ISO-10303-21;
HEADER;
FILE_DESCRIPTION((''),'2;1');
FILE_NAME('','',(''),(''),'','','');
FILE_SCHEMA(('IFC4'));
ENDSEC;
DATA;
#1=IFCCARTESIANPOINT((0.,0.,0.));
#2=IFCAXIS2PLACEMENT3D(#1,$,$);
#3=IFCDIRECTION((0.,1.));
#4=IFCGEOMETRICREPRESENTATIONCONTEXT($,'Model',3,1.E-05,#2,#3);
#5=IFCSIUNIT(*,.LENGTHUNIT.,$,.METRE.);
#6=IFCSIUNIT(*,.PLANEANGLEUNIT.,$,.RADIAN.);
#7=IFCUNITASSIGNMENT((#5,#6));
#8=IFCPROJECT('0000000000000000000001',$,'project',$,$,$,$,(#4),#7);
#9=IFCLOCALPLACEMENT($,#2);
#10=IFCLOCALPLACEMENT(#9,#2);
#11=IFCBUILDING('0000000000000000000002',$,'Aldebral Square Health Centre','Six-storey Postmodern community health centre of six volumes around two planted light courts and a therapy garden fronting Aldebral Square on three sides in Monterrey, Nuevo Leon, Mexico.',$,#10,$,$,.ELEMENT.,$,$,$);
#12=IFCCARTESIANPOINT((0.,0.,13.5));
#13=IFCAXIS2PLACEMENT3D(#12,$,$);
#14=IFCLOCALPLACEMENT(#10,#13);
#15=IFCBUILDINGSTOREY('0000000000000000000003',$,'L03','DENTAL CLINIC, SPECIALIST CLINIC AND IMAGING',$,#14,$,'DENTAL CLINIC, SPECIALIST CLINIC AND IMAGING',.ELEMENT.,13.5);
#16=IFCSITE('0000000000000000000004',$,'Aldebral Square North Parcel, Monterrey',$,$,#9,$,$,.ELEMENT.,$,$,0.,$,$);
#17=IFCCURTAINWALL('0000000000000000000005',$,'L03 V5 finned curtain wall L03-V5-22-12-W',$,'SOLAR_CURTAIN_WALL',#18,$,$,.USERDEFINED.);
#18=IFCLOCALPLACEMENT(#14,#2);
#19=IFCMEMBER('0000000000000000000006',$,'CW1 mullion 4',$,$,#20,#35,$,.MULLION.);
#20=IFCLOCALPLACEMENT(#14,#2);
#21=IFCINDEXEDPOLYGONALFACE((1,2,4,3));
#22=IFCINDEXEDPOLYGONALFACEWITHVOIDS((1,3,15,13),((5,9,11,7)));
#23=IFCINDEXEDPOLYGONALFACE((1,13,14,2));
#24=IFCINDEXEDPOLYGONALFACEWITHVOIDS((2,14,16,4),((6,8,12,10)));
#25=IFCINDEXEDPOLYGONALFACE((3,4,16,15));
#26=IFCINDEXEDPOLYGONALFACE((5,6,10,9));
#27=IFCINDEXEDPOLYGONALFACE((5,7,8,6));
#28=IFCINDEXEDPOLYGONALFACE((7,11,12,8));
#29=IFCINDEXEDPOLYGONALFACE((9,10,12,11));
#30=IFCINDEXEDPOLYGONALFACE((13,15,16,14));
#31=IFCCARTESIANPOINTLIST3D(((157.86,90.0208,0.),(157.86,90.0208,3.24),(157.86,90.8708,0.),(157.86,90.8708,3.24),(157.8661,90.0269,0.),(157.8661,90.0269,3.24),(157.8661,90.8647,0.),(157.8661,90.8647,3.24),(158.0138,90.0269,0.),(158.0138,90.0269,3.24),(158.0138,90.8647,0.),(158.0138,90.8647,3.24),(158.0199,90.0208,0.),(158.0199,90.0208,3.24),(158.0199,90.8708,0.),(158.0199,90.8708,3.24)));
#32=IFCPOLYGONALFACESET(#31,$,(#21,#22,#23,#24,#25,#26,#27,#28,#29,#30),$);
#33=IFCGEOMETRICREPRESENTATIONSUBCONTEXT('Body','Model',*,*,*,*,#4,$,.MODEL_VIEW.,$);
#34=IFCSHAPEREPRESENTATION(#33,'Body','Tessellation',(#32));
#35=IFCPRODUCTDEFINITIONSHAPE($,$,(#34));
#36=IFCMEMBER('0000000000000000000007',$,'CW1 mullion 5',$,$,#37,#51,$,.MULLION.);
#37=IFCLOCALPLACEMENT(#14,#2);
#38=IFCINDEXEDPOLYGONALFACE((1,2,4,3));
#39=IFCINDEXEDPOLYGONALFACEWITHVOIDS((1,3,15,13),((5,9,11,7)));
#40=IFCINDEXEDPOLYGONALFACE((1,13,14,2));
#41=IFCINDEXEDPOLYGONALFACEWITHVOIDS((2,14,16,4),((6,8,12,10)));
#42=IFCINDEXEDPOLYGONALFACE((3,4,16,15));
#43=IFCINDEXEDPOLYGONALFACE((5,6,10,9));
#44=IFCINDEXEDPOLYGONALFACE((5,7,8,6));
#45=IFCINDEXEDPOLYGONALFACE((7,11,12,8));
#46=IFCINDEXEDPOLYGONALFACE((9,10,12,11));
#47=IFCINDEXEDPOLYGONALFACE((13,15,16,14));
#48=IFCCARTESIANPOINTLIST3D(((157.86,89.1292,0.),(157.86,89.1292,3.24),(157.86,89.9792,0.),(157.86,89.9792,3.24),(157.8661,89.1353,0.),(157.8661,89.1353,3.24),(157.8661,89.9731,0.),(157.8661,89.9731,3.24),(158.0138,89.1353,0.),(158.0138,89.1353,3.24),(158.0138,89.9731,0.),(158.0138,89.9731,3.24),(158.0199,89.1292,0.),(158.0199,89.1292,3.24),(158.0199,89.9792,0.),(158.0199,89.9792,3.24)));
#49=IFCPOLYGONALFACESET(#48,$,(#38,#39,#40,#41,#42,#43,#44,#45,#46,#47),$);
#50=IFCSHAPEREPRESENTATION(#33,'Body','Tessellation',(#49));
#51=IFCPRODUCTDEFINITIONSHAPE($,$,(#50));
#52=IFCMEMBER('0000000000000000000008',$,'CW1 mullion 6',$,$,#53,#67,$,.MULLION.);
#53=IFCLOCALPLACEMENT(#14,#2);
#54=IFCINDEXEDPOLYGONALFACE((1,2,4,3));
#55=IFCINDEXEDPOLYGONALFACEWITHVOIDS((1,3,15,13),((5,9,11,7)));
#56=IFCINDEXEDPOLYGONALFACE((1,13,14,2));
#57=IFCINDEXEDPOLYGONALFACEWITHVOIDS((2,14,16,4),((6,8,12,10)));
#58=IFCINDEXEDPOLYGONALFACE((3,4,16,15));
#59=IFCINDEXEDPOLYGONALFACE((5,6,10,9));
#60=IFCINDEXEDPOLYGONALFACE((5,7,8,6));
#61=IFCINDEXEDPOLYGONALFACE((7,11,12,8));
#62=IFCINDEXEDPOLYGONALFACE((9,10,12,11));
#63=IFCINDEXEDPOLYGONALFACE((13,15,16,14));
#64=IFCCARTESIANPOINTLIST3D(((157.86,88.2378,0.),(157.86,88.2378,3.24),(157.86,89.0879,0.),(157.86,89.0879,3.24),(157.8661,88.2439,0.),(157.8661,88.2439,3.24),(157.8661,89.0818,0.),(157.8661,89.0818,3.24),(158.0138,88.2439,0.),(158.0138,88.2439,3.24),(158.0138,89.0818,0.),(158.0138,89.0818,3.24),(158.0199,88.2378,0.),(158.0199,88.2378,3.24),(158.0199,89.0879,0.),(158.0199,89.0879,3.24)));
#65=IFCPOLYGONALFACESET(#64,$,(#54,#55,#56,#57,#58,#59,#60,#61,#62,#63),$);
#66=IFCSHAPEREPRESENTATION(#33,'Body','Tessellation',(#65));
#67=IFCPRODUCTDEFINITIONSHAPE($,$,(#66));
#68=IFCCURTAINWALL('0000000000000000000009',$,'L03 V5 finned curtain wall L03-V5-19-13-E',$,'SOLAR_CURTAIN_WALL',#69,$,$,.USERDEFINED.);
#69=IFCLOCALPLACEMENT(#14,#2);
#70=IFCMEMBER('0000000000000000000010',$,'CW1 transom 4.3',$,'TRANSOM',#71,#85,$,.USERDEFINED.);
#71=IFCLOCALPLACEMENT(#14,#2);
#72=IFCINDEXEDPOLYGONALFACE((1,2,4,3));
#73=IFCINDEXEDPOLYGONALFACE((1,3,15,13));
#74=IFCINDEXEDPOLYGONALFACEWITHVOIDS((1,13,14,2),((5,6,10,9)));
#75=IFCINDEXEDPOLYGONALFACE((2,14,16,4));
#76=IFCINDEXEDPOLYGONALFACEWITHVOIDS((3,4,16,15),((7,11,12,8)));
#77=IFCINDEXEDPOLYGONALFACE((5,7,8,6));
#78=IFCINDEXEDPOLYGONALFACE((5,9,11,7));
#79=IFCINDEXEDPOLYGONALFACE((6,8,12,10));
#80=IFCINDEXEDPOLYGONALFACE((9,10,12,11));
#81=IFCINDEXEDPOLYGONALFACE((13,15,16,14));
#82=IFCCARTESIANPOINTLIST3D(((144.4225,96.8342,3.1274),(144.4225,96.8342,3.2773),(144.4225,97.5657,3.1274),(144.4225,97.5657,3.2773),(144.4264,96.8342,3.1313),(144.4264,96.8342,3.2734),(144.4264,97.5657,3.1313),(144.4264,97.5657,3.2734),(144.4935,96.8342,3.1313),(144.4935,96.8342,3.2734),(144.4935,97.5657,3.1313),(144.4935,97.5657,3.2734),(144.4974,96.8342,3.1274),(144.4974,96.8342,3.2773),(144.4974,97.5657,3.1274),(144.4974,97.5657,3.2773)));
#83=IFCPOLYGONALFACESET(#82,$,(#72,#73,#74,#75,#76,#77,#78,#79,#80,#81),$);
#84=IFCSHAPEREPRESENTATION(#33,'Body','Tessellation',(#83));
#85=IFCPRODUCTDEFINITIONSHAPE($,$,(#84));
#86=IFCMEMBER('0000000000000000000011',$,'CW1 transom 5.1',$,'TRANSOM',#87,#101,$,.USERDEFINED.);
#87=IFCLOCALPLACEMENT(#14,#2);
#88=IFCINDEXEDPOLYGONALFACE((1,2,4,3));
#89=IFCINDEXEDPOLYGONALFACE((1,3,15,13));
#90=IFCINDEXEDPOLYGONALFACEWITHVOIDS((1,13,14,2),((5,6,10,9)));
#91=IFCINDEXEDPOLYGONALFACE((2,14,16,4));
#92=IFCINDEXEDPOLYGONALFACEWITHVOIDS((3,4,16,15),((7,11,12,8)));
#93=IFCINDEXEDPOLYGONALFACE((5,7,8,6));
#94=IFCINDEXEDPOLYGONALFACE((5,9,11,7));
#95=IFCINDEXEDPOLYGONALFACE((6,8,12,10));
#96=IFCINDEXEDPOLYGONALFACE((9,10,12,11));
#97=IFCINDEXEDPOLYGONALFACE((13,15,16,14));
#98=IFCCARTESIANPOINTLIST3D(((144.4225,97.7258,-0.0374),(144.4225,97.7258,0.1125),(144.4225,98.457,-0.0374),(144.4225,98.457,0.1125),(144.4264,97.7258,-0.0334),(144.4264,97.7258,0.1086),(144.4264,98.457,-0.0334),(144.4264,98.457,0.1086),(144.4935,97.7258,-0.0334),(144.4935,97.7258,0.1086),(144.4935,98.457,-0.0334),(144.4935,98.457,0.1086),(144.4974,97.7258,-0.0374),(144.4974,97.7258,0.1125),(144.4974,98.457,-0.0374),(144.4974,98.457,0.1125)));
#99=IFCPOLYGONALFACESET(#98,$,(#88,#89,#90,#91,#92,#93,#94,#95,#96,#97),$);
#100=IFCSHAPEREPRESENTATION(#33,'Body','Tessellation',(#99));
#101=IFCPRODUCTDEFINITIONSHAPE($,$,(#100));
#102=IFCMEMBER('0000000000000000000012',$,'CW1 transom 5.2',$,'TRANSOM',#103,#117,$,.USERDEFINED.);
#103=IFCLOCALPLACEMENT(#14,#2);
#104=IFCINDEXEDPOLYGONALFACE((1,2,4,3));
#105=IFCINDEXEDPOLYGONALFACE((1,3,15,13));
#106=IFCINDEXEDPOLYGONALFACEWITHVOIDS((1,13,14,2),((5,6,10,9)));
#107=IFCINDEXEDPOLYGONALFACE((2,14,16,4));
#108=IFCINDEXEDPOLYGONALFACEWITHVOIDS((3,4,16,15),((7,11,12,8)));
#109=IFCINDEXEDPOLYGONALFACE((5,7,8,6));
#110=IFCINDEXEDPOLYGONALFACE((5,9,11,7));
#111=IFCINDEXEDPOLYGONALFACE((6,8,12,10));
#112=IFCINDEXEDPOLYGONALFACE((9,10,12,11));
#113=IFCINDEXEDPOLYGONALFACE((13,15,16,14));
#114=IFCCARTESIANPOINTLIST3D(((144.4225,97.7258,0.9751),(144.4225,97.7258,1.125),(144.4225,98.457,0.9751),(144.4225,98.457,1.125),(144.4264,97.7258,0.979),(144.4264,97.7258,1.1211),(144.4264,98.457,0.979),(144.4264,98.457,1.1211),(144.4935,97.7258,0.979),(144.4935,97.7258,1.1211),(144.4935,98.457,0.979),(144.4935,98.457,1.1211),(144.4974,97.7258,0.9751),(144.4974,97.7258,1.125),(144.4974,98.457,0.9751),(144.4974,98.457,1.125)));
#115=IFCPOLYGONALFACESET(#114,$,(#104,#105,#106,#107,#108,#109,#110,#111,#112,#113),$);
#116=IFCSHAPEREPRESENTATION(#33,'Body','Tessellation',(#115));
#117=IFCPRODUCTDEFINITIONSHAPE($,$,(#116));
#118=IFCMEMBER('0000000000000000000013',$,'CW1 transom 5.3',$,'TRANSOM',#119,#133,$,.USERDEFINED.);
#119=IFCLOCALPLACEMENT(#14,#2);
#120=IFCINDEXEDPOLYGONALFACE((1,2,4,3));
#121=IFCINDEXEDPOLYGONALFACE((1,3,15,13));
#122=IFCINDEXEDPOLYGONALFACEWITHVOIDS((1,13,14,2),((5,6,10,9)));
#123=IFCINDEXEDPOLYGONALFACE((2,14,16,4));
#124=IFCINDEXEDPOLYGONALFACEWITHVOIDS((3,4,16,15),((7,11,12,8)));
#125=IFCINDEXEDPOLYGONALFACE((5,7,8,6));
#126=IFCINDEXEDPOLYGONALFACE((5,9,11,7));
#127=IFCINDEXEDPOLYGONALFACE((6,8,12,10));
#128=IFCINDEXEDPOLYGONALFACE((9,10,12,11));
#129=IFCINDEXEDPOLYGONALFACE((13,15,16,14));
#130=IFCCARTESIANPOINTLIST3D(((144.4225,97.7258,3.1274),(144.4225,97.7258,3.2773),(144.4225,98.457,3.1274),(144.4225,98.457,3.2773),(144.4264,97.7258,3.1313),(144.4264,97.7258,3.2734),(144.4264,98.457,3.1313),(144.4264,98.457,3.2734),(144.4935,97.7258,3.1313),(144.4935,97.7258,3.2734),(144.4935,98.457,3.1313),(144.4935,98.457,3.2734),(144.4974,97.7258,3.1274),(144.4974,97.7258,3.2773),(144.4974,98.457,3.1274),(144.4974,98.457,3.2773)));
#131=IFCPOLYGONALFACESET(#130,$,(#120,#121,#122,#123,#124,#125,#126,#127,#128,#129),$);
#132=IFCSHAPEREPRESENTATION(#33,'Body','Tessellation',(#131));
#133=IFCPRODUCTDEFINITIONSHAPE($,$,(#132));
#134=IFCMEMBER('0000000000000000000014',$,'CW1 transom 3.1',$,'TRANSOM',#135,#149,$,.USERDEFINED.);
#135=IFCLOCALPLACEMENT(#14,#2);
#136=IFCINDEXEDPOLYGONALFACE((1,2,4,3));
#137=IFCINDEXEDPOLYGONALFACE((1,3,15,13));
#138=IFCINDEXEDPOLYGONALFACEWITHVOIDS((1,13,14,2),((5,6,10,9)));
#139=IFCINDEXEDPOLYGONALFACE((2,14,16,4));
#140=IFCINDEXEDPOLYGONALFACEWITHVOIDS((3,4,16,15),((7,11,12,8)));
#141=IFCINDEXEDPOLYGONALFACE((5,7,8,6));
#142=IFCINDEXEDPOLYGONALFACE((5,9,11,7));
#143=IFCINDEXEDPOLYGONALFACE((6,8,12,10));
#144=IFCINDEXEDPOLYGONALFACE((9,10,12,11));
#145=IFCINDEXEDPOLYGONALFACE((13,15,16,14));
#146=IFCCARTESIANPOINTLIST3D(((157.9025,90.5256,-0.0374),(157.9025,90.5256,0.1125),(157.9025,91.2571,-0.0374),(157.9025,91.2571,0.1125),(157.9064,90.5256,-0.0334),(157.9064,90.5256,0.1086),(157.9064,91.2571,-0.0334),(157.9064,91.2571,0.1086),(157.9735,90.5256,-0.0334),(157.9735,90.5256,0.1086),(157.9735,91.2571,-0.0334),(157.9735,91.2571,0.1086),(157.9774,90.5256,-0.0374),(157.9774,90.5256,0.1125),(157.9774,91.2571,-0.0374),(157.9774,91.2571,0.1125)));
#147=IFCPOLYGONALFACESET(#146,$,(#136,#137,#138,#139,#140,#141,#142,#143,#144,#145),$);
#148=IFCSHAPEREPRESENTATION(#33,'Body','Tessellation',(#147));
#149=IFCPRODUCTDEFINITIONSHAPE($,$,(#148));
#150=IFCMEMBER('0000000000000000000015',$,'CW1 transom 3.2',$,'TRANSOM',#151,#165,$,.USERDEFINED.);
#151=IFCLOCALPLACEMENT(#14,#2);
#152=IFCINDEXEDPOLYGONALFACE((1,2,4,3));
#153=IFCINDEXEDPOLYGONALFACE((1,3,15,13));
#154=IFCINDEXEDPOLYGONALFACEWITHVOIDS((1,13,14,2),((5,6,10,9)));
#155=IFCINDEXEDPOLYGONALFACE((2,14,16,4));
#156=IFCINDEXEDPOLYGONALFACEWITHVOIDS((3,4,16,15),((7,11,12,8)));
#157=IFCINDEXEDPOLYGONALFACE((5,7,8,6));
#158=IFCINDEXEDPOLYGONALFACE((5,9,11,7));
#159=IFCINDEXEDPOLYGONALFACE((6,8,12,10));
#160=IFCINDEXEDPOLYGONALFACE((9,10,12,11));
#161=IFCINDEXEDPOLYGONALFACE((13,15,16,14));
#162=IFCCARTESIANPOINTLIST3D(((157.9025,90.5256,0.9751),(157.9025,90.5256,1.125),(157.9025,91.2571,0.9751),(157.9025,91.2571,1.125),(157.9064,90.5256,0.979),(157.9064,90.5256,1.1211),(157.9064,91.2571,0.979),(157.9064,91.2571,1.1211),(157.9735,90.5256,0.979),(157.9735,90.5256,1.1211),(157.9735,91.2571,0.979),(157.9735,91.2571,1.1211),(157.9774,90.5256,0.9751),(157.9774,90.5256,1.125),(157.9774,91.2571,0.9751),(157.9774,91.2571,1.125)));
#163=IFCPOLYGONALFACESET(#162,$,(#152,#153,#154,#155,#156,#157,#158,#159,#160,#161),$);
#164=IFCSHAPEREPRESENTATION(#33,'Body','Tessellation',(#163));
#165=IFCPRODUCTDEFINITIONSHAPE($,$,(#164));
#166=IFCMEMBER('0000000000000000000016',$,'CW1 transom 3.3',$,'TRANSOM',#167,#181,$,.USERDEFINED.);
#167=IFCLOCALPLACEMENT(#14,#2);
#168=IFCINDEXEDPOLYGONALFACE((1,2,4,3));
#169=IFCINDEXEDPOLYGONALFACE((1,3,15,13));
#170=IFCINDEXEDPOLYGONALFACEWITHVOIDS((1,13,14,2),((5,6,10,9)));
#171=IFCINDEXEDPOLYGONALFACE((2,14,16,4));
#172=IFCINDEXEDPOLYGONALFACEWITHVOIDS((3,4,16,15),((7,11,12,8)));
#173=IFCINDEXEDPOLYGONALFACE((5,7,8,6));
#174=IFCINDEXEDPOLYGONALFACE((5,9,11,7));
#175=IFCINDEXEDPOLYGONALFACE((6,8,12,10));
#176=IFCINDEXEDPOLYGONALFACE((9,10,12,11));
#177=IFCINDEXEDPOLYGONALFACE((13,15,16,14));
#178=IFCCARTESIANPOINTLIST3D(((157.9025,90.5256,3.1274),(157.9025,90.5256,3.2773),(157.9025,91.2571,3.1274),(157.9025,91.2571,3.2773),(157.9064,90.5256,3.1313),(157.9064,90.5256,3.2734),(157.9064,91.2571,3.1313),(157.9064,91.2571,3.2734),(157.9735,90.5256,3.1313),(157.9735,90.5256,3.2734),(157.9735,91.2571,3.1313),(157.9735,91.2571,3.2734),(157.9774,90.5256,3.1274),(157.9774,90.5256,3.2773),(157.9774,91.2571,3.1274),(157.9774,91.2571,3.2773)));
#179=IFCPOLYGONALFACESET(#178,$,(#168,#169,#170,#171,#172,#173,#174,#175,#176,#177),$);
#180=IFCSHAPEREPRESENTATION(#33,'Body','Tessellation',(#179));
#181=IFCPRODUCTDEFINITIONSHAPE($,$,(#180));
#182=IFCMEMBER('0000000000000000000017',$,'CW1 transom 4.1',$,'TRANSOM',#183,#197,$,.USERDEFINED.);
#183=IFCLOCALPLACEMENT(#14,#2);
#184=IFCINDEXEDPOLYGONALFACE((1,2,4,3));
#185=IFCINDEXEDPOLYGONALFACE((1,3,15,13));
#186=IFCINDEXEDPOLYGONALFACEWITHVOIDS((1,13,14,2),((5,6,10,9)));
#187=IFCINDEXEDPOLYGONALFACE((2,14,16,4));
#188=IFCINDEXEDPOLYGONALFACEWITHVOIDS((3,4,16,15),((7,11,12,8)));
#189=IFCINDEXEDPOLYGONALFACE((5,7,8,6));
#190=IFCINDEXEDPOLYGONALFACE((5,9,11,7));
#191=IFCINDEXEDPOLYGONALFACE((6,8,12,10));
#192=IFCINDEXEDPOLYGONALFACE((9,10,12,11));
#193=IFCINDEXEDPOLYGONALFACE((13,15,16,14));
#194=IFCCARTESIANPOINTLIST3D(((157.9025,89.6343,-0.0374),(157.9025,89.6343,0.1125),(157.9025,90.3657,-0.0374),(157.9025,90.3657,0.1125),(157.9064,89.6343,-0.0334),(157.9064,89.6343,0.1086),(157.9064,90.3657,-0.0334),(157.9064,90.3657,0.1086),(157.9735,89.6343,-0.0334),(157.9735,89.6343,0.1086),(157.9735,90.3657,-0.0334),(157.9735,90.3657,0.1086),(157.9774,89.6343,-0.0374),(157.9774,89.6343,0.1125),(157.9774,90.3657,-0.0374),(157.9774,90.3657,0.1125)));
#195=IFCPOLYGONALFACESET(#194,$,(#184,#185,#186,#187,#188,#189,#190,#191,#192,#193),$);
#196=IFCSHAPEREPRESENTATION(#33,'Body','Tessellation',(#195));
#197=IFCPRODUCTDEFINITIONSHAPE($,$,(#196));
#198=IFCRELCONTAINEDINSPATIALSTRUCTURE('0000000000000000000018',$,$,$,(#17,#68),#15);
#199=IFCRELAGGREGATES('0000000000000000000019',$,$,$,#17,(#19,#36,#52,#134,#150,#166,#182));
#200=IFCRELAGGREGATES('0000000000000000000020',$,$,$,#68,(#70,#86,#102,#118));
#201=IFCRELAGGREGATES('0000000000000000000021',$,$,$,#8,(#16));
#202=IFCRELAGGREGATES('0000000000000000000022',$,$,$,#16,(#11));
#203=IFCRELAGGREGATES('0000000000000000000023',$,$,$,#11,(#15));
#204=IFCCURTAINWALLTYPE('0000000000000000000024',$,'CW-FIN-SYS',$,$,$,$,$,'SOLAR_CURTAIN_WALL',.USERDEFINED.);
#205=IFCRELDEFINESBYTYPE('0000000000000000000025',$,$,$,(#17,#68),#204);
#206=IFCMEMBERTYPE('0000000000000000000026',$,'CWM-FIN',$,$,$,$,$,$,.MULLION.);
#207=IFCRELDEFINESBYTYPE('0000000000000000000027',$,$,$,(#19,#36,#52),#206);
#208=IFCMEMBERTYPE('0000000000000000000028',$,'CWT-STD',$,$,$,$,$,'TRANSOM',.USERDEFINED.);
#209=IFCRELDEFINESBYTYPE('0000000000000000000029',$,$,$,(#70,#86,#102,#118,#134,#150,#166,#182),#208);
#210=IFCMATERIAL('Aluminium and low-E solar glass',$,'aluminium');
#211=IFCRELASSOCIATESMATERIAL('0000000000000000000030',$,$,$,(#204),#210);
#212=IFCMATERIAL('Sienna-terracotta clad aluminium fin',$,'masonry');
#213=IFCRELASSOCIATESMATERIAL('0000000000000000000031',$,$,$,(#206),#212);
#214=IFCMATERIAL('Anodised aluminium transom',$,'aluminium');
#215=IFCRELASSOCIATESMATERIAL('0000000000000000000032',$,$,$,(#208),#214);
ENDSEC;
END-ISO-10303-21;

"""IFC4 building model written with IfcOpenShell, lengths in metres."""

from ifc_helpers import new_model, si_unit, direction, frame, origin, origin_2d, place, context, subcontext, project, spatial, hollow_rectangle, extrude, material, material_profile, profile_set, type_object, element, aggregate, save


model = new_model("IFC4")

# Units and contexts
model_context = context("Model", 3, precision=1e-05, world=origin(), true_north=direction((0.0, 1.0)))
body_context = subcontext(model_context, "Body", "Model", "MODEL_VIEW")
ifc_project = project(units=[si_unit("LENGTHUNIT", "METRE"), si_unit("PLANEANGLEUNIT", "RADIAN")], contexts=[model_context])

# Site, building, storey
site_placement = place(None, origin())
site = spatial("IfcSite", under=ifc_project, at=site_placement, Name="Aldebral Square North Parcel, Monterrey", CompositionType="ELEMENT", RefElevation=0.0)
building_placement = place(site_placement, origin())
building = spatial("IfcBuilding", under=site, at=building_placement, Name="Aldebral Square Health Centre", Description="Six-storey Postmodern community health centre of six volumes around two planted light courts and a therapy garden fronting Aldebral Square on three sides in Monterrey, Nuevo Leon, Mexico.", CompositionType="ELEMENT")
storey_placement = place(building_placement, frame((0.0, 0.0, 13.5)))
storey = spatial("IfcBuildingStorey", under=building, at=storey_placement, Name="L03", Description="DENTAL CLINIC, SPECIALIST CLINIC AND IMAGING", LongName="DENTAL CLINIC, SPECIALIST CLINIC AND IMAGING", CompositionType="ELEMENT", Elevation=13.5)

# Curtain walls, members
ifc_material_1 = material(Name="Aluminium and low-E solar glass", Category="aluminium")
curtain_wall_type = type_object("IfcCurtainWallType", Name="CW-FIN-SYS", ElementType="SOLAR_CURTAIN_WALL", PredefinedType="USERDEFINED", material=ifc_material_1)
curtain_wall_1_placement = place(storey_placement, origin())
curtain_wall_1 = element("IfcCurtainWall", 1, at=curtain_wall_1_placement, inside=storey, type_object=curtain_wall_type, Name="L03 V5 finned curtain wall L03-V5-22-12-W", ObjectType="SOLAR_CURTAIN_WALL", PredefinedType="USERDEFINED")
ifc_material_2 = material(Name="Sienna-terracotta clad aluminium fin", Category="masonry")
ifc_material_profile_1 = material_profile(ifc_material_2, hollow_rectangle(XDim=0.1599, YDim=0.8501, WallThickness=0.0061, at=origin_2d()), Name="FIN 160x850x6")
ifc_profile_set_1 = profile_set([ifc_material_profile_1], Name="Sienna-terracotta clad aluminium fin")
member_type_1 = type_object("IfcMemberType", Name="CWM-FIN", PredefinedType="MULLION", material=ifc_profile_set_1)
member_1_placement = place(storey_placement, frame((157.9399, 90.4458, 0.0), z_axis=(0.0, 0.0, 1.0), x_axis=(1.0, 0.0, 0.0)))
member_1 = element("IfcMember", 2, at=member_1_placement, type_object=member_type_1, Name="CW1 mullion 4", PredefinedType="MULLION", context=body_context, shape_type="SweptSolid", body=[
    extrude(hollow_rectangle(XDim=0.1599, YDim=0.8501, WallThickness=0.0061, at=origin_2d()), origin(), (0.0, 0.0, 1.0), 3.24),
])
member_2_placement = place(storey_placement, frame((157.9399, 89.5542, 0.0), z_axis=(0.0, 0.0, 1.0), x_axis=(1.0, 0.0, 0.0)))
member_2 = element("IfcMember", 3, at=member_2_placement, type_object=member_type_1, Name="CW1 mullion 5", PredefinedType="MULLION", context=body_context, shape_type="SweptSolid", body=[
    extrude(hollow_rectangle(XDim=0.1599, YDim=0.8501, WallThickness=0.0061, at=origin_2d()), origin(), (0.0, 0.0, 1.0), 3.24),
])
member_3_placement = place(storey_placement, frame((157.9399, 88.6628, 0.0), z_axis=(0.0, 0.0, 1.0), x_axis=(1.0, 0.0, 0.0)))
member_3 = element("IfcMember", 4, at=member_3_placement, type_object=member_type_1, Name="CW1 mullion 6", PredefinedType="MULLION", context=body_context, shape_type="SweptSolid", body=[
    extrude(hollow_rectangle(XDim=0.1599, YDim=0.8501, WallThickness=0.0061, at=origin_2d()), origin(), (0.0, 0.0, 1.0), 3.24),
])
curtain_wall_2_placement = place(storey_placement, origin())
curtain_wall_2 = element("IfcCurtainWall", 5, at=curtain_wall_2_placement, inside=storey, type_object=curtain_wall_type, Name="L03 V5 finned curtain wall L03-V5-19-13-E", ObjectType="SOLAR_CURTAIN_WALL", PredefinedType="USERDEFINED")
ifc_material_3 = material(Name="Anodised aluminium transom", Category="aluminium")
ifc_material_profile_2 = material_profile(ifc_material_3, hollow_rectangle(XDim=0.075, YDim=0.1499, WallThickness=0.0039, at=origin_2d()), Name="CWT 75x150x4")
ifc_profile_set_2 = profile_set([ifc_material_profile_2], Name="Anodised aluminium transom")
member_type_2 = type_object("IfcMemberType", Name="CWT-STD", ElementType="TRANSOM", PredefinedType="USERDEFINED", material=ifc_profile_set_2)
member_4_placement = place(storey_placement, frame((144.46, 96.8342, 3.2024), z_axis=(0.0, 1.0, 0.0), x_axis=(-1.0, 0.0, 0.0)))
member_4 = element("IfcMember", 6, at=member_4_placement, type_object=member_type_2, Name="CW1 transom 4.3", ObjectType="TRANSOM", PredefinedType="USERDEFINED", context=body_context, shape_type="SweptSolid", body=[
    extrude(hollow_rectangle(XDim=0.075, YDim=0.1499, WallThickness=0.0039, at=origin_2d()), origin(), (0.0, 0.0, 1.0), 0.7314),
])
member_5_placement = place(storey_placement, frame((144.46, 97.7258, 0.0376), z_axis=(0.0, 1.0, 0.0), x_axis=(-1.0, 0.0, 0.0)))
member_5 = element("IfcMember", 7, at=member_5_placement, type_object=member_type_2, Name="CW1 transom 5.1", ObjectType="TRANSOM", PredefinedType="USERDEFINED", context=body_context, shape_type="SweptSolid", body=[
    extrude(hollow_rectangle(XDim=0.075, YDim=0.1499, WallThickness=0.0039, at=origin_2d()), origin(), (0.0, 0.0, 1.0), 0.7312),
])
member_6_placement = place(storey_placement, frame((144.46, 97.7258, 1.05), z_axis=(0.0, 1.0, 0.0), x_axis=(-1.0, 0.0, 0.0)))
member_6 = element("IfcMember", 8, at=member_6_placement, type_object=member_type_2, Name="CW1 transom 5.2", ObjectType="TRANSOM", PredefinedType="USERDEFINED", context=body_context, shape_type="SweptSolid", body=[
    extrude(hollow_rectangle(XDim=0.075, YDim=0.1499, WallThickness=0.0039, at=origin_2d()), origin(), (0.0, 0.0, 1.0), 0.7312),
])
member_7_placement = place(storey_placement, frame((144.46, 97.7258, 3.2024), z_axis=(0.0, 1.0, 0.0), x_axis=(-1.0, 0.0, 0.0)))
member_7 = element("IfcMember", 9, at=member_7_placement, type_object=member_type_2, Name="CW1 transom 5.3", ObjectType="TRANSOM", PredefinedType="USERDEFINED", context=body_context, shape_type="SweptSolid", body=[
    extrude(hollow_rectangle(XDim=0.075, YDim=0.1499, WallThickness=0.0039, at=origin_2d()), origin(), (0.0, 0.0, 1.0), 0.7312),
])

# Members
member_8_placement = place(storey_placement, frame((157.9399, 91.2571, 0.0376), z_axis=(0.0, -1.0, 0.0), x_axis=(1.0, 0.0, 0.0)))
member_8 = element("IfcMember", 10, at=member_8_placement, type_object=member_type_2, Name="CW1 transom 3.1", ObjectType="TRANSOM", PredefinedType="USERDEFINED", context=body_context, shape_type="SweptSolid", body=[
    extrude(hollow_rectangle(XDim=0.075, YDim=0.1499, WallThickness=0.0039, at=origin_2d()), origin(), (0.0, 0.0, 1.0), 0.7314),
])
member_9_placement = place(storey_placement, frame((157.9399, 91.2571, 1.05), z_axis=(0.0, -1.0, 0.0), x_axis=(1.0, 0.0, 0.0)))
member_9 = element("IfcMember", 11, at=member_9_placement, type_object=member_type_2, Name="CW1 transom 3.2", ObjectType="TRANSOM", PredefinedType="USERDEFINED", context=body_context, shape_type="SweptSolid", body=[
    extrude(hollow_rectangle(XDim=0.075, YDim=0.1499, WallThickness=0.0039, at=origin_2d()), origin(), (0.0, 0.0, 1.0), 0.7314),
])
member_10_placement = place(storey_placement, frame((157.9399, 91.2571, 3.2024), z_axis=(0.0, -1.0, 0.0), x_axis=(1.0, 0.0, 0.0)))
member_10 = element("IfcMember", 12, at=member_10_placement, type_object=member_type_2, Name="CW1 transom 3.3", ObjectType="TRANSOM", PredefinedType="USERDEFINED", context=body_context, shape_type="SweptSolid", body=[
    extrude(hollow_rectangle(XDim=0.075, YDim=0.1499, WallThickness=0.0039, at=origin_2d()), origin(), (0.0, 0.0, 1.0), 0.7314),
])
member_11_placement = place(storey_placement, frame((157.9399, 90.3657, 0.0376), z_axis=(0.0, -1.0, 0.0), x_axis=(1.0, 0.0, 0.0)))
member_11 = element("IfcMember", 13, at=member_11_placement, type_object=member_type_2, Name="CW1 transom 4.1", ObjectType="TRANSOM", PredefinedType="USERDEFINED", context=body_context, shape_type="SweptSolid", body=[
    extrude(hollow_rectangle(XDim=0.075, YDim=0.1499, WallThickness=0.0039, at=origin_2d()), origin(), (0.0, 0.0, 1.0), 0.7314),
])

aggregate(curtain_wall_1, [member_1, member_2, member_3, member_8, member_9, member_10, member_11])
aggregate(curtain_wall_2, [member_4, member_5, member_6, member_7])

save(model, "model.ifc")
